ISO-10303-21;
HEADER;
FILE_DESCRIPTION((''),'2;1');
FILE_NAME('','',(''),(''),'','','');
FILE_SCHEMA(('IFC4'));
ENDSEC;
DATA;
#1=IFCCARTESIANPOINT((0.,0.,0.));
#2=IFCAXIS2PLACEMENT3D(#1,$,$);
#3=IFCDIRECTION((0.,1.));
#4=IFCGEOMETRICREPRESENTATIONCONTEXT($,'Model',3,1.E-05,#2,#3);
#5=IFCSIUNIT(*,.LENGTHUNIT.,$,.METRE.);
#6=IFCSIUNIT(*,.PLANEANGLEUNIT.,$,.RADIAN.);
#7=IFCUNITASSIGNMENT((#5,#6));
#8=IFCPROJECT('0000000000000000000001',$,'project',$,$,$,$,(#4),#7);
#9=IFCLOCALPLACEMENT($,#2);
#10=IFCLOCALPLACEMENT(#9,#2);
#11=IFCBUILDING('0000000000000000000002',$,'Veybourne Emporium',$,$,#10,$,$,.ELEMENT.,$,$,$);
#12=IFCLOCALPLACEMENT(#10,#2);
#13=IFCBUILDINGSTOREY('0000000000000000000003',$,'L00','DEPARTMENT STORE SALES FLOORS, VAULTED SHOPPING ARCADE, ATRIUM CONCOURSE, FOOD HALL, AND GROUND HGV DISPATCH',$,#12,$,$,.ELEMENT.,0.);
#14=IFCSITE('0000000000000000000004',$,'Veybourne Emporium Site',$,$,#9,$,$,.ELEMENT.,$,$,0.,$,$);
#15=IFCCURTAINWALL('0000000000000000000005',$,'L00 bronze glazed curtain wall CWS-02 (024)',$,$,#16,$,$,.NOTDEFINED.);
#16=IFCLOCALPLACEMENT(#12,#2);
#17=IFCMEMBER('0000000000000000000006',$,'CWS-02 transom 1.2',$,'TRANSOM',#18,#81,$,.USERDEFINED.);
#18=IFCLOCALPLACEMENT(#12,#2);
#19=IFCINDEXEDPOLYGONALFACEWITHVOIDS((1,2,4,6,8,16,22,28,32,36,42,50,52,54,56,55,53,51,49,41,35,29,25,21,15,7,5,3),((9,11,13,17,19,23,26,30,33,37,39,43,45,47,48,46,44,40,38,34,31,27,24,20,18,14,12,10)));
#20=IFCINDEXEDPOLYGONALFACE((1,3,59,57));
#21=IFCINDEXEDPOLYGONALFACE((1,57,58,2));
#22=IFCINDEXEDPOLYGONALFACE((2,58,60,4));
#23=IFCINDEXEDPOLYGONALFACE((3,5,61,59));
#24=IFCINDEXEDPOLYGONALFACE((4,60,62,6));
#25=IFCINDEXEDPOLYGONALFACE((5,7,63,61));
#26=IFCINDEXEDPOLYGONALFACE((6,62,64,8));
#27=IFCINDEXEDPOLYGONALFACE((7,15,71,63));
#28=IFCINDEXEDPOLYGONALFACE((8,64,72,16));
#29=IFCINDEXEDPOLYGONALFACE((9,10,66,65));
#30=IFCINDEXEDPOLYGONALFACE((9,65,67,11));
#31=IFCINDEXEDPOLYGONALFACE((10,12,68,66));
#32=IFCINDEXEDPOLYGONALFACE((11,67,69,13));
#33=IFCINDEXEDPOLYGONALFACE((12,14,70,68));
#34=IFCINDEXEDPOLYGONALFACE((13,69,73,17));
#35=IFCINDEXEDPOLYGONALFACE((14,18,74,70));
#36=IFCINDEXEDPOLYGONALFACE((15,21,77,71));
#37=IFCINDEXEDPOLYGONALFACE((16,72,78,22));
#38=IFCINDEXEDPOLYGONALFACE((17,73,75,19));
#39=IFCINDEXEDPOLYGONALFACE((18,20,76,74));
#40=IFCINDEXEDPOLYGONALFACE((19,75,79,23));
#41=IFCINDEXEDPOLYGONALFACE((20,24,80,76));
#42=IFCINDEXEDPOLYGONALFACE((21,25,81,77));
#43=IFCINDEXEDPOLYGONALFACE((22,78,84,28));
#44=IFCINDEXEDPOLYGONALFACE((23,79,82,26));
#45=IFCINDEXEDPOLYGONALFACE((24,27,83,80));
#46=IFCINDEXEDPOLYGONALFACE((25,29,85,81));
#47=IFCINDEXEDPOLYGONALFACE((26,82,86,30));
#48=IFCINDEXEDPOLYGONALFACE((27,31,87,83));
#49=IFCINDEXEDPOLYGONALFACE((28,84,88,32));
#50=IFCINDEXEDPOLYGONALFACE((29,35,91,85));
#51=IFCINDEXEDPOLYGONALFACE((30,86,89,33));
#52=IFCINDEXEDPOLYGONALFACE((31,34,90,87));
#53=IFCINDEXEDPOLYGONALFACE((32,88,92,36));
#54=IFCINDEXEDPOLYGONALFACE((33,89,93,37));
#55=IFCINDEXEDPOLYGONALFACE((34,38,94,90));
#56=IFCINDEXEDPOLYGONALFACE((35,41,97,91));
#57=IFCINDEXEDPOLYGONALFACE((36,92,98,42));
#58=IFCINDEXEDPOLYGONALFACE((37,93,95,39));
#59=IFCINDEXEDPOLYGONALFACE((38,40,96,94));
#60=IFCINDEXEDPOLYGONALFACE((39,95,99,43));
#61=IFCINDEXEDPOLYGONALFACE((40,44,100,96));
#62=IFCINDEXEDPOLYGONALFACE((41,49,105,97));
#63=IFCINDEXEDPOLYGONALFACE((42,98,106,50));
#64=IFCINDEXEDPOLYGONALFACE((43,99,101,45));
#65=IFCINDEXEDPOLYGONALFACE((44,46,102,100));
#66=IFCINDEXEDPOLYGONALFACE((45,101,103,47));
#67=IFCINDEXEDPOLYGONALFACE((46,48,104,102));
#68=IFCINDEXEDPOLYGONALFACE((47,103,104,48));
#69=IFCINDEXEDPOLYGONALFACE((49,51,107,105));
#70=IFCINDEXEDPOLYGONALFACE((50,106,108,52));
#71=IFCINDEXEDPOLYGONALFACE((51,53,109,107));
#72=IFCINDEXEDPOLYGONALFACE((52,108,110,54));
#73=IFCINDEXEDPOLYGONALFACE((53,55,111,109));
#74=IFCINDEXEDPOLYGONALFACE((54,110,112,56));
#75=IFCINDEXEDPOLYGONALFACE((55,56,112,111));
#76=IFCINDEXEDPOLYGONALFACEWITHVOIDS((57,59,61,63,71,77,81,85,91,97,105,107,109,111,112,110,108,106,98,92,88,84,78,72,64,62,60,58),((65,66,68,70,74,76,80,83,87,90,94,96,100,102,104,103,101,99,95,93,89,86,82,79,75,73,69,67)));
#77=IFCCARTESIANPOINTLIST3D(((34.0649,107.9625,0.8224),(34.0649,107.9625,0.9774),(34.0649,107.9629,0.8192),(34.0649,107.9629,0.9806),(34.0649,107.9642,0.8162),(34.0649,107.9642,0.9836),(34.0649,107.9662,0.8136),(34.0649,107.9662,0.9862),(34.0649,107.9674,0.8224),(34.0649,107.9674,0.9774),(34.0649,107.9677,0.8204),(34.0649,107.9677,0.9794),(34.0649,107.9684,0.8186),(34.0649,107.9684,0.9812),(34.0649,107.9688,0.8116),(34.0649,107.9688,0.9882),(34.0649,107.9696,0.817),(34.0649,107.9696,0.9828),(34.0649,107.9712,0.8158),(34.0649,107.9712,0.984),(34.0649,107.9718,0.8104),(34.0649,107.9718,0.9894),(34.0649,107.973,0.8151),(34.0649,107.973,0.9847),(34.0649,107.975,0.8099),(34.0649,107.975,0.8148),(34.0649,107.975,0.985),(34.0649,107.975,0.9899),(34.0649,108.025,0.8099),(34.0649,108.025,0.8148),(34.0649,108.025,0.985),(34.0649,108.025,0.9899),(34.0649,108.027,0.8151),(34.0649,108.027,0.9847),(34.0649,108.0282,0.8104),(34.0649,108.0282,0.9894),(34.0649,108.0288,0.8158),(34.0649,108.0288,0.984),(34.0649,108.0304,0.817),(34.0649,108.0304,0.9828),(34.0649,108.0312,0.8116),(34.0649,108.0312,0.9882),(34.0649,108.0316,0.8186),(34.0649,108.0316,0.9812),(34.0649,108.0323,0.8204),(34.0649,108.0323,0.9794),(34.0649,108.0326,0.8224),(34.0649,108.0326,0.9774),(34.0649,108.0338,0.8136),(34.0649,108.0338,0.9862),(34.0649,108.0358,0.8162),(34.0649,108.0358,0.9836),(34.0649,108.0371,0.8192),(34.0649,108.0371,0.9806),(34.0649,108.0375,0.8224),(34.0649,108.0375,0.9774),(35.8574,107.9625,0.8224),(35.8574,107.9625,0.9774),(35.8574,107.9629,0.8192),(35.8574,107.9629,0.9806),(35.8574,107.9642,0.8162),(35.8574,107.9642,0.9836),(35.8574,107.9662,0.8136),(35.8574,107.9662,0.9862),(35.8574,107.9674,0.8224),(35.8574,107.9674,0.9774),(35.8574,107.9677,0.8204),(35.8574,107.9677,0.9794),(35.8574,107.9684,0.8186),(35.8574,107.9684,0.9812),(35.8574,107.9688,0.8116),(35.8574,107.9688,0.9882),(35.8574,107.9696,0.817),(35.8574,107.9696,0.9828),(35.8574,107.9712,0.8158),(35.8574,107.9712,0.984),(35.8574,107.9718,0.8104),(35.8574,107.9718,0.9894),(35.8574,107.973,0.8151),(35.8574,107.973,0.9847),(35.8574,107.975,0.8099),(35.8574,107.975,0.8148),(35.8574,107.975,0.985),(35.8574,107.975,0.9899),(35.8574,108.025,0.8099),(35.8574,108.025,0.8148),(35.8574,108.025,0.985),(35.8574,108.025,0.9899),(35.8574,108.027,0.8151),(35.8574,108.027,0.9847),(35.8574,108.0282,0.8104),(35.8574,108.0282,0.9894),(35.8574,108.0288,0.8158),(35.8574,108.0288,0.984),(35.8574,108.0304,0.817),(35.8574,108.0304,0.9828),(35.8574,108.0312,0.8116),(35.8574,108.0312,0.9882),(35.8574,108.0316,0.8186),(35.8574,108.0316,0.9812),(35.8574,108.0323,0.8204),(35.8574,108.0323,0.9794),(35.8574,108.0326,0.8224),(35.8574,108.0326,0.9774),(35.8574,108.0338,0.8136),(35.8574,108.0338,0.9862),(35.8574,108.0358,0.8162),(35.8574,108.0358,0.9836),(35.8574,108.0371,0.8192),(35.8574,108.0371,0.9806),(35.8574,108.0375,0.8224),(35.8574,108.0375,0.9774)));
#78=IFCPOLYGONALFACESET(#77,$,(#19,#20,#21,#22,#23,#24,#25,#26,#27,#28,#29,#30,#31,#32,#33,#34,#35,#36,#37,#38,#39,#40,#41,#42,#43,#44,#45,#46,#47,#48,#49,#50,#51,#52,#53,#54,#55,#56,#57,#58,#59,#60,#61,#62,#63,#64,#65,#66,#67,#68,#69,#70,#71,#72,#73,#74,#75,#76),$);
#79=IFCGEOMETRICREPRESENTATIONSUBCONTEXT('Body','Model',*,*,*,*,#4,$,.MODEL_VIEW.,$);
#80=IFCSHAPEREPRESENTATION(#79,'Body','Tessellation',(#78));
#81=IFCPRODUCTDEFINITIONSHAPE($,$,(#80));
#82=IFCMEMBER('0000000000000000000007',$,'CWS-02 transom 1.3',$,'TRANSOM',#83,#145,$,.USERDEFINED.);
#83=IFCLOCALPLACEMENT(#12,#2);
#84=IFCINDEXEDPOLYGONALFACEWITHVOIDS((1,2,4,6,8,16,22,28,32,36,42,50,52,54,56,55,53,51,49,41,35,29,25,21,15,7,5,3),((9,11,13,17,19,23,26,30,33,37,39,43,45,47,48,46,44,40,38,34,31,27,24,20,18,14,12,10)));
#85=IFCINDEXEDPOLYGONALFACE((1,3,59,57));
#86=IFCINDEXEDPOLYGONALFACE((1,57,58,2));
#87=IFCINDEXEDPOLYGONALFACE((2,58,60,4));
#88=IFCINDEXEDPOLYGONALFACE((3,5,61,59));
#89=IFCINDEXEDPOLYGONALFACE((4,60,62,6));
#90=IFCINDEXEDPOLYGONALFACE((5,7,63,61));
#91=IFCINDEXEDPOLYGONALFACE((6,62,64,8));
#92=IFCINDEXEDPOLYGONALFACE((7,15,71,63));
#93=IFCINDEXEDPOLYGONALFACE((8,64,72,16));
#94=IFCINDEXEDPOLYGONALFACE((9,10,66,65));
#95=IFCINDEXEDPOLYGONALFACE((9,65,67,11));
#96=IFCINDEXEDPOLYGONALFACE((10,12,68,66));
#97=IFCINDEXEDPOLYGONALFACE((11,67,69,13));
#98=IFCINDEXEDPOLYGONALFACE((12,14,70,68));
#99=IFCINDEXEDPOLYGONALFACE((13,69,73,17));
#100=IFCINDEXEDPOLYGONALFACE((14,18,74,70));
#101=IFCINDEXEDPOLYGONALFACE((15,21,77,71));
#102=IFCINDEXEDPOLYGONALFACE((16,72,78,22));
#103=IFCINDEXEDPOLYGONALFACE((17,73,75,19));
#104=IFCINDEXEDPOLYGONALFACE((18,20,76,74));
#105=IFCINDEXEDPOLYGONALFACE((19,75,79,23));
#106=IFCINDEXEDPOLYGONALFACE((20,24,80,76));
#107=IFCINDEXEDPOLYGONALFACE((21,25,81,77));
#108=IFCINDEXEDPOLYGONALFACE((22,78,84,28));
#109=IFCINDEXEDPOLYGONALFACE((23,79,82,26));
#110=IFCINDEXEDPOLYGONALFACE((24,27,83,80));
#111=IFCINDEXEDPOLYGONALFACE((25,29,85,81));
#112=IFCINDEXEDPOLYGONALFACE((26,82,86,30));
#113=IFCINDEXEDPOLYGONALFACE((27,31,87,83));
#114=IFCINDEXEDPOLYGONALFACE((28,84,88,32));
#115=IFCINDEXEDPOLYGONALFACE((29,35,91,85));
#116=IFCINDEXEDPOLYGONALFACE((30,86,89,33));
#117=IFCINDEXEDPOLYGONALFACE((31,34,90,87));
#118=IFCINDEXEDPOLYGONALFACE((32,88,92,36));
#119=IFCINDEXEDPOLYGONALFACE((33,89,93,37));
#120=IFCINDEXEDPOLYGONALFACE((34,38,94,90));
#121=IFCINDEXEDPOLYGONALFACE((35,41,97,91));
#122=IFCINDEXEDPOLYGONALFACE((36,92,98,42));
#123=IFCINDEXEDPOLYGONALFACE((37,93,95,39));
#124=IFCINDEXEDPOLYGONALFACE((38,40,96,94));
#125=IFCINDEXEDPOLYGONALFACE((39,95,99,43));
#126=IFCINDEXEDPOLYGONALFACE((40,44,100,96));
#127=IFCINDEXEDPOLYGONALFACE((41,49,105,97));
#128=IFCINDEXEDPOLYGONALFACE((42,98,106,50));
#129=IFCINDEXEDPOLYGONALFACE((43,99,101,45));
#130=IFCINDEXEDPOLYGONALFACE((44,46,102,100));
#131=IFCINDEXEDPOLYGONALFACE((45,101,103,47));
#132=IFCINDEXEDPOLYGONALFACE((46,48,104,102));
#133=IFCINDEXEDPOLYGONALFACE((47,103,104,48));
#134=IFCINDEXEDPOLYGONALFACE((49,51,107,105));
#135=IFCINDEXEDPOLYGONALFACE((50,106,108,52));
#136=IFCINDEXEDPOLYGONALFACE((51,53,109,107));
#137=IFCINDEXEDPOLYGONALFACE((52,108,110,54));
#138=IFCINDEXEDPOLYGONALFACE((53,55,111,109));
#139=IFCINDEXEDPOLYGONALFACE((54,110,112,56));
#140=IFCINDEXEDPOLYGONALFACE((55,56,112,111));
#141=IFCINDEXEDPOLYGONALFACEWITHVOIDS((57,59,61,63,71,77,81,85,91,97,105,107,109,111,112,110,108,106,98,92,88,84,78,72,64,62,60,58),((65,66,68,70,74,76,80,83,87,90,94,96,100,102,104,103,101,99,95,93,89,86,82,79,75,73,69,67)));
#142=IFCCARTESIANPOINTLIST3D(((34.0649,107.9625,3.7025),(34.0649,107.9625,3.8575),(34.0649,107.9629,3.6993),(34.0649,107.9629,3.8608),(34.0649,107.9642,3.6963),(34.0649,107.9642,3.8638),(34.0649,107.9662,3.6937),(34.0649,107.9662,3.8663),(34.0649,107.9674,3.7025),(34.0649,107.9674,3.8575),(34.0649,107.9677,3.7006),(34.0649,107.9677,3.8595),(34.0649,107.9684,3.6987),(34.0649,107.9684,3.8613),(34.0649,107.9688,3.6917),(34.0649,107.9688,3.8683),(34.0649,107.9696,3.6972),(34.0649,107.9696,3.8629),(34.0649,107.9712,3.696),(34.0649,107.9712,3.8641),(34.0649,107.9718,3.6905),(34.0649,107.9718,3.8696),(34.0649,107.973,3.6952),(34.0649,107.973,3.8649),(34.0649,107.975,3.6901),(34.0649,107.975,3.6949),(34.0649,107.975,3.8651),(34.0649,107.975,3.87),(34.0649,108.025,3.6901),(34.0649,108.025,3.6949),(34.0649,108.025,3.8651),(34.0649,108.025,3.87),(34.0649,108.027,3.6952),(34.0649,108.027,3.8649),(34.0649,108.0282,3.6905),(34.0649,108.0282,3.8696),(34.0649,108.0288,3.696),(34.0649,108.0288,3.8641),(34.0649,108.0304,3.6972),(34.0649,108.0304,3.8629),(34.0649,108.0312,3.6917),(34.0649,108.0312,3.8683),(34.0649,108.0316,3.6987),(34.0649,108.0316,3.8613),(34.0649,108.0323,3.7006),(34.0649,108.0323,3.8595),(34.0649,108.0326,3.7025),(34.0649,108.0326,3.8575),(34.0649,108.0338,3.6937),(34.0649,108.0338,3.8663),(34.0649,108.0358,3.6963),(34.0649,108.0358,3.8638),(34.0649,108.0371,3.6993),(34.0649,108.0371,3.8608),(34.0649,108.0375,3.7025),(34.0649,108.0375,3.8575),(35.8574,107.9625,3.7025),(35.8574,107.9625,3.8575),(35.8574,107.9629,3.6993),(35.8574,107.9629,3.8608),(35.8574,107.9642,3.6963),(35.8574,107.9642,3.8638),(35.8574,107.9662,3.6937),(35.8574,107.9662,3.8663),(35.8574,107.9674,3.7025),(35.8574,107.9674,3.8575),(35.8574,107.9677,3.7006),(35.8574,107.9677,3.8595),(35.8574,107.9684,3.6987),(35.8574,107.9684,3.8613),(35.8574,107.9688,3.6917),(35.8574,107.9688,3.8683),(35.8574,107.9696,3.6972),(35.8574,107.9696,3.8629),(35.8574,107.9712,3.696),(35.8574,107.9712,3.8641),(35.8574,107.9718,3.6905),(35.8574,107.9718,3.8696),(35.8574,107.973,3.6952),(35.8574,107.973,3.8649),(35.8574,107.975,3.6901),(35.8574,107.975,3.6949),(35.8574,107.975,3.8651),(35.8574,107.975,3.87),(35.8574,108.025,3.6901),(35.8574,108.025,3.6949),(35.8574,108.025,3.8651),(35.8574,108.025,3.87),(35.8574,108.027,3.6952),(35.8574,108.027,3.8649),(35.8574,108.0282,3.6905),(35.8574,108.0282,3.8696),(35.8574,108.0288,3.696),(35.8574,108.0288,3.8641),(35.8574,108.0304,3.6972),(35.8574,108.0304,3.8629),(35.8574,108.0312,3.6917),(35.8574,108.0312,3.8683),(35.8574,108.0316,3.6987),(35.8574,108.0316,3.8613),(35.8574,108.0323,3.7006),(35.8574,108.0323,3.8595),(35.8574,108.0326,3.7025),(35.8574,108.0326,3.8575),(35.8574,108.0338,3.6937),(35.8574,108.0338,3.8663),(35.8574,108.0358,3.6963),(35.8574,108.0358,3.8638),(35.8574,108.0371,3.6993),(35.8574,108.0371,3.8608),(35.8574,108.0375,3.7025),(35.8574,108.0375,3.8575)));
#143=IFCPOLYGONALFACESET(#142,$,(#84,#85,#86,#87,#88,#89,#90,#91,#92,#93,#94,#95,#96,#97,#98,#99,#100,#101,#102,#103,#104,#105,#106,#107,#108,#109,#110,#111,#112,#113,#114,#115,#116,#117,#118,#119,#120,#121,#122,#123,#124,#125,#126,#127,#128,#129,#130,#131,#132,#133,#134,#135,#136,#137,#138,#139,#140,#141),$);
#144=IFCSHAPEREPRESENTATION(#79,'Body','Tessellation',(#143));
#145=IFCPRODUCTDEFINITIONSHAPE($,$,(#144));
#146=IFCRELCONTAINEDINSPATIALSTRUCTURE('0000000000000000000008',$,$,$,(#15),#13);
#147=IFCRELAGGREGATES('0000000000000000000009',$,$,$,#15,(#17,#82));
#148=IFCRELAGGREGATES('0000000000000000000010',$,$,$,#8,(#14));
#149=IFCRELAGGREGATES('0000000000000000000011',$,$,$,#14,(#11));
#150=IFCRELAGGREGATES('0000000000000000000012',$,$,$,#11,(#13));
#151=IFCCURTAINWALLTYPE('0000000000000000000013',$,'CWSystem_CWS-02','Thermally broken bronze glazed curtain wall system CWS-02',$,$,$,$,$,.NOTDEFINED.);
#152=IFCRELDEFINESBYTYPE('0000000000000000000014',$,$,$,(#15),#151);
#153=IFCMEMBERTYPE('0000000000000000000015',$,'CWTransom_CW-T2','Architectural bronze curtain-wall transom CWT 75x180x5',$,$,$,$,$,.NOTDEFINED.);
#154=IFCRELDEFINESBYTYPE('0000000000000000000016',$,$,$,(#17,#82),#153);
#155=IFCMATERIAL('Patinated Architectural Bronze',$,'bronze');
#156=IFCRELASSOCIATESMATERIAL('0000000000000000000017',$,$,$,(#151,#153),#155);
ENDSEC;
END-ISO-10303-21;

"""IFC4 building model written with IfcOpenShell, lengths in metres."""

from ifc_helpers import new_model, si_unit, direction, frame, origin, origin_2d, place, context, subcontext, project, spatial, hollow_rectangle, extrude, material, material_profile, profile_set, type_object, element, aggregate, save


model = new_model("IFC4")

# Units and contexts
model_context = context("Model", 3, precision=1e-05, world=origin(), true_north=direction((0.0, 1.0)))
body_context = subcontext(model_context, "Body", "Model", "MODEL_VIEW")
ifc_project = project(units=[si_unit("LENGTHUNIT", "METRE"), si_unit("PLANEANGLEUNIT", "RADIAN")], contexts=[model_context])

# Site, building, storey
site_placement = place(None, origin())
site = spatial("IfcSite", under=ifc_project, at=site_placement, Name="Veybourne Emporium Site", CompositionType="ELEMENT", RefElevation=0.0)
building_placement = place(site_placement, origin())
building = spatial("IfcBuilding", under=site, at=building_placement, Name="Veybourne Emporium", CompositionType="ELEMENT")
storey_placement = place(building_placement, origin())
storey = spatial("IfcBuildingStorey", under=building, at=storey_placement, Name="L00", Description="DEPARTMENT STORE SALES FLOORS, VAULTED SHOPPING ARCADE, ATRIUM CONCOURSE, FOOD HALL, AND GROUND HGV DISPATCH", CompositionType="ELEMENT", Elevation=0.0)

# Curtain wall, members
ifc_material_1 = material(Name="Patinated Architectural Bronze", Category="bronze")
curtain_wall_type = type_object("IfcCurtainWallType", Name="CWSystem_CWS-02", Description="Thermally broken bronze glazed curtain wall system CWS-02", PredefinedType="NOTDEFINED", material=ifc_material_1)
curtain_wall_placement = place(storey_placement, origin())
curtain_wall = element("IfcCurtainWall", 1, at=curtain_wall_placement, inside=storey, type_object=curtain_wall_type, Name="L00 bronze glazed curtain wall CWS-02 (024)", PredefinedType="NOTDEFINED")
ifc_material_profile_1 = material_profile(ifc_material_1, hollow_rectangle(XDim=0.075, YDim=0.1799, WallThickness=0.0049, InnerFilletRadius=0.0076, OuterFilletRadius=0.0125, at=origin_2d()), Name="CWT 75x180x5")
ifc_profile_set_1 = profile_set([ifc_material_profile_1], Name="Patinated Architectural Bronze")
member_type_1 = type_object("IfcMemberType", Name="CWTransom_CW-T2", Description="Architectural bronze curtain-wall transom CWT 75x180x5", PredefinedType="NOTDEFINED", material=ifc_profile_set_1)
member_1_placement = place(storey_placement, frame((34.0649, 108.0, 0.8999), z_axis=(1.0, 0.0, 0.0), x_axis=(0.0, 1.0, 0.0)))
member_1 = element("IfcMember", 2, at=member_1_placement, type_object=member_type_1, Name="CWS-02 transom 1.2", ObjectType="TRANSOM", PredefinedType="USERDEFINED", context=body_context, shape_type="SweptSolid", body=[
    extrude(hollow_rectangle(XDim=0.075, YDim=0.1799, WallThickness=0.0049, InnerFilletRadius=0.0076, OuterFilletRadius=0.0125, at=origin_2d()), origin(), (0.0, 0.0, 1.0), 1.7925),
])
member_2_placement = place(storey_placement, frame((34.0649, 108.0, 3.78), z_axis=(1.0, 0.0, 0.0), x_axis=(0.0, 1.0, 0.0)))
member_2 = element("IfcMember", 3, at=member_2_placement, type_object=member_type_1, Name="CWS-02 transom 1.3", ObjectType="TRANSOM", PredefinedType="USERDEFINED", context=body_context, shape_type="SweptSolid", body=[
    extrude(hollow_rectangle(XDim=0.075, YDim=0.1799, WallThickness=0.0049, InnerFilletRadius=0.0076, OuterFilletRadius=0.0125, at=origin_2d()), origin(), (0.0, 0.0, 1.0), 1.7925),
])

aggregate(curtain_wall, [member_1, member_2])

save(model, "model.ifc")
